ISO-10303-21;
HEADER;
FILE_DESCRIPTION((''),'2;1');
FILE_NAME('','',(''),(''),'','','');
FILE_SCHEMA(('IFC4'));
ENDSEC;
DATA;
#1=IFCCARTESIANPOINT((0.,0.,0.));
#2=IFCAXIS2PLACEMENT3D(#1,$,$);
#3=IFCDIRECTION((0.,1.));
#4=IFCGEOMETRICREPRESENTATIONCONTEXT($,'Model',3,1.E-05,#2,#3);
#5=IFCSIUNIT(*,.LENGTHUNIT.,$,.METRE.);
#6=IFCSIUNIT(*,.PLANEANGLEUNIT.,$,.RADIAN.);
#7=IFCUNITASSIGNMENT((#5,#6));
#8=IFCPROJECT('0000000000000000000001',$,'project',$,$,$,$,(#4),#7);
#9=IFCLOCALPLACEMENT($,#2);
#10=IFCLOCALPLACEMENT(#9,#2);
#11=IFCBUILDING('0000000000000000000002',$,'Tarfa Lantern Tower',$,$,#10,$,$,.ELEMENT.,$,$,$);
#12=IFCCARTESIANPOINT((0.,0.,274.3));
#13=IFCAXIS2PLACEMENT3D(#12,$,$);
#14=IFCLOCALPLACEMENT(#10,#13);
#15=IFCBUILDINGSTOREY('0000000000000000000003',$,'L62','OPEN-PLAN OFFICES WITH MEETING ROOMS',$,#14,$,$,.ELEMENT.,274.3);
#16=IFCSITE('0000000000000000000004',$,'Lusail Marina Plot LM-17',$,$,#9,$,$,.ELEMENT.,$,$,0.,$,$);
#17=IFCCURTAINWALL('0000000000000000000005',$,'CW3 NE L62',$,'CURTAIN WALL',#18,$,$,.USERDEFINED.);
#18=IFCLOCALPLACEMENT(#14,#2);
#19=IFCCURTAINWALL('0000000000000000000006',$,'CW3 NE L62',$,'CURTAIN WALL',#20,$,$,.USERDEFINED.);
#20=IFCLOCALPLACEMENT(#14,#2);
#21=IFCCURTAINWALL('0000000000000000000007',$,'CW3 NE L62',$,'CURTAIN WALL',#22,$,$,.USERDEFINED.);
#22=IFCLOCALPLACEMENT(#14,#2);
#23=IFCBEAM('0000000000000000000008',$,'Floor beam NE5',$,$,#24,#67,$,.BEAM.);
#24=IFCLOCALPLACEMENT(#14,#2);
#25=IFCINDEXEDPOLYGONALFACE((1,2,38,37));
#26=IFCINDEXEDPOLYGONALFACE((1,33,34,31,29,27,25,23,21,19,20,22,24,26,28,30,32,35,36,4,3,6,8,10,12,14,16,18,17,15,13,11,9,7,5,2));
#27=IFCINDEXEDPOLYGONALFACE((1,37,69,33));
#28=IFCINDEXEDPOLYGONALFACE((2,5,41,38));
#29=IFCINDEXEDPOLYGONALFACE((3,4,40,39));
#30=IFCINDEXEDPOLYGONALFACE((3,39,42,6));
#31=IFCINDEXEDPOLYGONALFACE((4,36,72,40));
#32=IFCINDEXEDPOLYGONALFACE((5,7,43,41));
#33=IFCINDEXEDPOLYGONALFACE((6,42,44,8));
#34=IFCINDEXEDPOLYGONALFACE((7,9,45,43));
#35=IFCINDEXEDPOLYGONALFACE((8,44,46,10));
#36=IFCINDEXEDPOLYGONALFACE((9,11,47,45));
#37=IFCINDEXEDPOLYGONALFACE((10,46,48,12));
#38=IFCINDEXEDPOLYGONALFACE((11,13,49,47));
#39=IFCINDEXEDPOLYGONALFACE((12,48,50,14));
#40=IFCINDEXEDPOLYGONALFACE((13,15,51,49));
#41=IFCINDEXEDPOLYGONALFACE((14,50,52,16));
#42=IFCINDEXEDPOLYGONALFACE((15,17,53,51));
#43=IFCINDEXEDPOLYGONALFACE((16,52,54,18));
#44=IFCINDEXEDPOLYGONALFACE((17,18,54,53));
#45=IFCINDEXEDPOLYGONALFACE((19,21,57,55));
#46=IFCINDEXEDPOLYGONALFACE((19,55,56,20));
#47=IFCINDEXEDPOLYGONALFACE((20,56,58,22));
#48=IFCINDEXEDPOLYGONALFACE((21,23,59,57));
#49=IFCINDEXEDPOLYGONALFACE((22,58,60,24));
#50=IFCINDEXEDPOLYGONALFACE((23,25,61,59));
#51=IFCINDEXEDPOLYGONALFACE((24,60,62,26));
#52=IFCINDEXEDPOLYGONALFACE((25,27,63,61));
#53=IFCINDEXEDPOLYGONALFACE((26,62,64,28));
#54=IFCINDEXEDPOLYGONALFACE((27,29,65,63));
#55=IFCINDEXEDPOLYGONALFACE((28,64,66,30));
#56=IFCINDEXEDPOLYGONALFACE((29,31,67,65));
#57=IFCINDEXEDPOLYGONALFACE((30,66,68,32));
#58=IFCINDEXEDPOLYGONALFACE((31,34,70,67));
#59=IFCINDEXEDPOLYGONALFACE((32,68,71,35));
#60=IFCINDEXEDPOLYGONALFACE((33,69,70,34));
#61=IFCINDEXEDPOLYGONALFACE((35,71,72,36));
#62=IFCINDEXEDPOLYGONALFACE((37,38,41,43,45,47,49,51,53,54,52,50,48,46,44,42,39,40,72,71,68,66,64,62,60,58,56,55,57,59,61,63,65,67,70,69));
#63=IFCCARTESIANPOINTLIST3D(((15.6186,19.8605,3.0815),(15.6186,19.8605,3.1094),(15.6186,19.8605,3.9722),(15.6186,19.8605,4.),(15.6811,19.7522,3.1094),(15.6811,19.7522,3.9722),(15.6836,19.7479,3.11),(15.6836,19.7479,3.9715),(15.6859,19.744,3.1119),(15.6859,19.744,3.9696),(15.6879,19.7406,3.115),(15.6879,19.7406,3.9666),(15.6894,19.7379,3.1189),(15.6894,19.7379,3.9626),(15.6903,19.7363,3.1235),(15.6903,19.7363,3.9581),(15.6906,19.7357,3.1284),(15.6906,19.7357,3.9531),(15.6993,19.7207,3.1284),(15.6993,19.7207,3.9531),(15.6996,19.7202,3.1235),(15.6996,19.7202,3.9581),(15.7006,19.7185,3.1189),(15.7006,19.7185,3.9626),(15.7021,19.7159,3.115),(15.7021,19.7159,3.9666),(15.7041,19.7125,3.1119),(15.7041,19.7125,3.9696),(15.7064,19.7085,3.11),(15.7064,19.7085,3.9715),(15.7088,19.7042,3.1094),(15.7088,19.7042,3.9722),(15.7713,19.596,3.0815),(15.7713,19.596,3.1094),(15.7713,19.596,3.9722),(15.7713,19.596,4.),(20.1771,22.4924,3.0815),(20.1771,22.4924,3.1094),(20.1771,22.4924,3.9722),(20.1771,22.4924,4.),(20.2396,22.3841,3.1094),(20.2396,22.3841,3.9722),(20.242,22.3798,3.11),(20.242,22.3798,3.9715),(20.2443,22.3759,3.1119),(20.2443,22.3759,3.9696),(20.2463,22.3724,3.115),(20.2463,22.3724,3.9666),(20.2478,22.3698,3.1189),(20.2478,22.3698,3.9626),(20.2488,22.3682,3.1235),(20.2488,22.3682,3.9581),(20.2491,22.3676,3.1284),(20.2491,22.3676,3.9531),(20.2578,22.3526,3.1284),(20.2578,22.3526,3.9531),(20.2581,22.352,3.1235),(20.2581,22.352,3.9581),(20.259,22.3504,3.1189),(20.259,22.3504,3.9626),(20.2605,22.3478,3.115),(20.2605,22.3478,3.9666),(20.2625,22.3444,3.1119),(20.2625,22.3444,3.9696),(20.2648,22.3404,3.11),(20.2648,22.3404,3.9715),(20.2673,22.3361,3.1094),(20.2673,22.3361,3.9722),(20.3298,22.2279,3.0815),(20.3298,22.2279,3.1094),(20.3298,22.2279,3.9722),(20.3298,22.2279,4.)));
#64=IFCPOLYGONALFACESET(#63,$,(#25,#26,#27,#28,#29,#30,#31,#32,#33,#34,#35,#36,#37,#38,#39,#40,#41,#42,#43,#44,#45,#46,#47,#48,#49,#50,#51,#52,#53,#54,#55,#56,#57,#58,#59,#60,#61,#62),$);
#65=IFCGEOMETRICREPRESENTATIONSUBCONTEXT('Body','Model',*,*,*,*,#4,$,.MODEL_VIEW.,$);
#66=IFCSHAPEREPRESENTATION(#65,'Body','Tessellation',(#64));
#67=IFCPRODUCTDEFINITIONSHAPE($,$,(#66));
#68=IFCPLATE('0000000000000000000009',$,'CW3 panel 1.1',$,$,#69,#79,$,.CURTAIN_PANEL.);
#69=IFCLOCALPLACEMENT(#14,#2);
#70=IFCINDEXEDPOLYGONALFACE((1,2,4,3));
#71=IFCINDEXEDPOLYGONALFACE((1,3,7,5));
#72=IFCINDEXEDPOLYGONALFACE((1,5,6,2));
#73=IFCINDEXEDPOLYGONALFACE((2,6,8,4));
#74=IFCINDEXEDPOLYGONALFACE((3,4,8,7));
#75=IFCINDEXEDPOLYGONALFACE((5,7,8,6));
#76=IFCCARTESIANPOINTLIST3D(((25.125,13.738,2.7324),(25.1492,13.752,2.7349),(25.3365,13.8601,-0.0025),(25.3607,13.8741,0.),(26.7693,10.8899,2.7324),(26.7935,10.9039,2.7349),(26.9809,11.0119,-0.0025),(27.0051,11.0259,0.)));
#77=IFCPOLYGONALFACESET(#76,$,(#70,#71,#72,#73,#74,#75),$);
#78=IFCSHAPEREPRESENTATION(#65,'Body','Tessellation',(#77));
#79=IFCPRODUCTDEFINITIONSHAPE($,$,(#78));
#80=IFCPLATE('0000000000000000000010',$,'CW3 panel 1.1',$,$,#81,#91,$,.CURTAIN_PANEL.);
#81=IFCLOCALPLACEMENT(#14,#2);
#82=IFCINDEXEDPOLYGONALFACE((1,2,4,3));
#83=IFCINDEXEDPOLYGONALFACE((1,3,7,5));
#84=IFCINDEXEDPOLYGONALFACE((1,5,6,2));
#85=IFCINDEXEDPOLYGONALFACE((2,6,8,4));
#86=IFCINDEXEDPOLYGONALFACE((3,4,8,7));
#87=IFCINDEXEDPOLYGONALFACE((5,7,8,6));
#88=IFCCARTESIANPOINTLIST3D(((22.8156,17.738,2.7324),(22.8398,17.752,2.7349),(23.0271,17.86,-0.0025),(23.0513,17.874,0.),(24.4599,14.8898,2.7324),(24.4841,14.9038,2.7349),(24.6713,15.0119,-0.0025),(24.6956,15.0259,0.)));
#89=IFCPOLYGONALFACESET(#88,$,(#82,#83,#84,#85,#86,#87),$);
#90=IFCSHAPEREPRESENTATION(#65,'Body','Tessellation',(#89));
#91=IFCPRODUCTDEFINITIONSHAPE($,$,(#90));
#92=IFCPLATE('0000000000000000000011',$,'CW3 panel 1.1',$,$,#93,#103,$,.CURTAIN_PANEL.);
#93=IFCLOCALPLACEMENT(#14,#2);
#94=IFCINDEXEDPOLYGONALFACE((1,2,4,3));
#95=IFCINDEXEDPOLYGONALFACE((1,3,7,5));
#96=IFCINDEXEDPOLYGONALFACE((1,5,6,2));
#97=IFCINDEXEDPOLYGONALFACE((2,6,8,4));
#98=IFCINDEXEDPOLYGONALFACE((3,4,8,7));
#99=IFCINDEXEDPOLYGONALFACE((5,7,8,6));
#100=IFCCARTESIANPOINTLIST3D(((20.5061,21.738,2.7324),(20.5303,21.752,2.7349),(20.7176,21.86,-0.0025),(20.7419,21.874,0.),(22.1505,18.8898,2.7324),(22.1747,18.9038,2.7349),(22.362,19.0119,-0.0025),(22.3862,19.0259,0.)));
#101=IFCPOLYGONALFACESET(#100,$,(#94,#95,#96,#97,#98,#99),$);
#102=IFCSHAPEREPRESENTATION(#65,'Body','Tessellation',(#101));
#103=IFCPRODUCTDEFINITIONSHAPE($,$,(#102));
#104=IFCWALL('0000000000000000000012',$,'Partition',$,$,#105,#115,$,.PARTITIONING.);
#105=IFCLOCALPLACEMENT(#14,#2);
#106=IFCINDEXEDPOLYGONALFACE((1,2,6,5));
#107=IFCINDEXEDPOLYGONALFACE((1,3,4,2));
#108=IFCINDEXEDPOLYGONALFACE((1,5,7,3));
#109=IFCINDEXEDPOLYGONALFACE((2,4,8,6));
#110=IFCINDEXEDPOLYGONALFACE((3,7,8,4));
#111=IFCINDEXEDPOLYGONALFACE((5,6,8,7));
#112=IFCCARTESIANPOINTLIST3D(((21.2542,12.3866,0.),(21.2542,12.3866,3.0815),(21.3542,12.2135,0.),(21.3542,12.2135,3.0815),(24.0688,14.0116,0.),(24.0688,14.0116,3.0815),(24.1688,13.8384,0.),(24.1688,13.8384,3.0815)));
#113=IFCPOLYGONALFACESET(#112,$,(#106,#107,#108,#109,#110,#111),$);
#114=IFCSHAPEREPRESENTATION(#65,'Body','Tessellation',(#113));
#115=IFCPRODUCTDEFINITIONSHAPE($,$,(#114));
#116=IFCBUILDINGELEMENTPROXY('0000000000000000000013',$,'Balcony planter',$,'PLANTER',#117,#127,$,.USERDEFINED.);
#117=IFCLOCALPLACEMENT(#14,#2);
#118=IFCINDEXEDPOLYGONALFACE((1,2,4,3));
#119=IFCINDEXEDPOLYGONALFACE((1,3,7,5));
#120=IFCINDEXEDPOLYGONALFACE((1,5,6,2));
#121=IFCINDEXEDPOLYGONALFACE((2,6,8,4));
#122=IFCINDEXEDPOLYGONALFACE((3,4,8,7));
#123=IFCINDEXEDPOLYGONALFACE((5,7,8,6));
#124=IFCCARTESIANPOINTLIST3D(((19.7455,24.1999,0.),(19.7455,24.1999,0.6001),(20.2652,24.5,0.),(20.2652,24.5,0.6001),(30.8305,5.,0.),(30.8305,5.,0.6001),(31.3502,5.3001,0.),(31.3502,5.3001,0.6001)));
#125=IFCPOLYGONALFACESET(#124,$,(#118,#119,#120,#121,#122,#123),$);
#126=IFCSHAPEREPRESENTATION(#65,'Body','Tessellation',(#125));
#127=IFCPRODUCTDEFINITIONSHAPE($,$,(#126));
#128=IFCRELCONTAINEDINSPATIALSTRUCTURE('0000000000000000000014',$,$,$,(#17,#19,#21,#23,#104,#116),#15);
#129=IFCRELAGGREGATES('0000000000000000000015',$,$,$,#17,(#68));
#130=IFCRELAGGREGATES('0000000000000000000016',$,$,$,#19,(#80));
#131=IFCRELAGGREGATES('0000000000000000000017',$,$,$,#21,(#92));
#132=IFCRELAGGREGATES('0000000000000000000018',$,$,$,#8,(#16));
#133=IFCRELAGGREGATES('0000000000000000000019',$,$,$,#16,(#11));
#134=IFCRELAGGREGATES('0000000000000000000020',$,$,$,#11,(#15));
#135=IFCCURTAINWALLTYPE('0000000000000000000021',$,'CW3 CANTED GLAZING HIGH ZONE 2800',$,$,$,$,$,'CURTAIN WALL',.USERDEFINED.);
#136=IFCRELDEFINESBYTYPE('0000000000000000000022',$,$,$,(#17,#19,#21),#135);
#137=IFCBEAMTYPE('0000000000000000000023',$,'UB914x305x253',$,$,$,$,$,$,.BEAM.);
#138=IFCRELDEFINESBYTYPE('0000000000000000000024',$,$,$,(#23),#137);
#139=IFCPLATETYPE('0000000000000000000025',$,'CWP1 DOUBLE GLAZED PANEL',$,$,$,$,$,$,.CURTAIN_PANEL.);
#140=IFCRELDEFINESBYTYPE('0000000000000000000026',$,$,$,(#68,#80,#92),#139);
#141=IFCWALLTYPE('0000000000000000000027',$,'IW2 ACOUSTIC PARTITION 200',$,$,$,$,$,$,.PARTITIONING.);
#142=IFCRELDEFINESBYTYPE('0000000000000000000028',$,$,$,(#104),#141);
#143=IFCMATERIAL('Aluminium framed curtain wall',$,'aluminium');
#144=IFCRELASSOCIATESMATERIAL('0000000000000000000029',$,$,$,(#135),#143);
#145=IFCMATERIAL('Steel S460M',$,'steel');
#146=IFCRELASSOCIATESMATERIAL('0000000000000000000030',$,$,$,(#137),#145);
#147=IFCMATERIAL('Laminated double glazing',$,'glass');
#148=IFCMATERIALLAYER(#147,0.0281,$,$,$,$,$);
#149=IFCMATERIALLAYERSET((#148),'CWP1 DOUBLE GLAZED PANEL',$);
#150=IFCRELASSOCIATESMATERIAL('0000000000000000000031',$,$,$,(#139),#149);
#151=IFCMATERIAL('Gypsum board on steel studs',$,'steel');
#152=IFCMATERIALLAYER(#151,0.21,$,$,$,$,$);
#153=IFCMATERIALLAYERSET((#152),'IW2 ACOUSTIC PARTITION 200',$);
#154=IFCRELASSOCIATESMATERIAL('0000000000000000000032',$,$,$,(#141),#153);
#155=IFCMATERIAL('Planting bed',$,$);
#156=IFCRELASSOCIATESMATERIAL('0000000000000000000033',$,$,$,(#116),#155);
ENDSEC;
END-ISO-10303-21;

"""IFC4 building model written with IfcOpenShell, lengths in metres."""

from ifc_helpers import new_model, si_unit, direction, frame, frame_2d, origin, origin_2d, place, context, subcontext, project, spatial, polyline, rectangle, i_section, outline, extrude, material, layer, layer_set, material_profile, profile_set, type_object, element, aggregate, save


model = new_model("IFC4")

# Units and contexts
model_context = context("Model", 3, precision=1e-05, world=origin(), true_north=direction((0.0, 1.0)))
body_context = subcontext(model_context, "Body", "Model", "MODEL_VIEW")
ifc_project = project(units=[si_unit("LENGTHUNIT", "METRE"), si_unit("PLANEANGLEUNIT", "RADIAN")], contexts=[model_context])

# Site, building, storey
site_placement = place(None, origin())
site = spatial("IfcSite", under=ifc_project, at=site_placement, Name="Lusail Marina Plot LM-17", CompositionType="ELEMENT", RefElevation=0.0)
building_placement = place(site_placement, origin())
building = spatial("IfcBuilding", under=site, at=building_placement, Name="Tarfa Lantern Tower", CompositionType="ELEMENT")
storey_placement = place(building_placement, frame((0.0, 0.0, 274.3)))
storey = spatial("IfcBuildingStorey", under=building, at=storey_placement, Name="L62", Description="OPEN-PLAN OFFICES WITH MEETING ROOMS", CompositionType="ELEMENT", Elevation=274.3)

# Curtain walls
ifc_material_1 = material(Name="Aluminium framed curtain wall", Category="aluminium")
curtain_wall_type = type_object("IfcCurtainWallType", Name="CW3 CANTED GLAZING HIGH ZONE 2800", ElementType="CURTAIN WALL", PredefinedType="USERDEFINED", material=ifc_material_1)
curtain_wall_1_placement = place(storey_placement, origin())
curtain_wall_1 = element("IfcCurtainWall", 1, at=curtain_wall_1_placement, inside=storey, type_object=curtain_wall_type, Name="CW3 NE L62", ObjectType="CURTAIN WALL", PredefinedType="USERDEFINED")
curtain_wall_2_placement = place(storey_placement, origin())
curtain_wall_2 = element("IfcCurtainWall", 2, at=curtain_wall_2_placement, inside=storey, type_object=curtain_wall_type, Name="CW3 NE L62", ObjectType="CURTAIN WALL", PredefinedType="USERDEFINED")
curtain_wall_3_placement = place(storey_placement, origin())
curtain_wall_3 = element("IfcCurtainWall", 3, at=curtain_wall_3_placement, inside=storey, type_object=curtain_wall_type, Name="CW3 NE L62", ObjectType="CURTAIN WALL", PredefinedType="USERDEFINED")

# Beam
ifc_material_2 = material(Name="Steel S460M", Category="steel")
ifc_material_profile_1 = material_profile(ifc_material_2, i_section(OverallWidth=0.3054, OverallDepth=0.9185, WebThickness=0.0173, FlangeThickness=0.0278, FilletRadius=0.019, at=origin_2d()), Name="UB914x305x253")
ifc_profile_set_1 = profile_set([ifc_material_profile_1], Name="Steel S460M")
beam_type_1 = type_object("IfcBeamType", Name="UB914x305x253", PredefinedType="BEAM", material=ifc_profile_set_1)
beam_1_placement = place(storey_placement, frame((20.2534, 22.3601, 3.5408), z_axis=(-0.86602, -0.50001, 0.0), x_axis=(0.50001, -0.86602, 0.0)))
element("IfcBeam", 4, at=beam_1_placement, inside=storey, type_object=beam_type_1, Name="Floor beam NE5", PredefinedType="BEAM", context=body_context, shape_type="SweptSolid", body=[
    extrude(i_section(OverallWidth=0.3054, OverallDepth=0.9185, WebThickness=0.0173, FlangeThickness=0.0278, FilletRadius=0.019, at=origin_2d()), origin(), (0.0, 0.0, 1.0), 5.2637),
])

# Plates
ifc_material_3 = material(Name="Laminated double glazing", Category="glass")
ifc_layer_1 = layer(ifc_material_3, 0.0281)
ifc_layer_set_1 = layer_set([ifc_layer_1], Name="CWP1 DOUBLE GLAZED PANEL")
plate_type = type_object("IfcPlateType", Name="CWP1 DOUBLE GLAZED PANEL", PredefinedType="CURTAIN_PANEL", material=ifc_layer_set_1)
plate_1_placement = place(storey_placement, frame((27.0051, 11.0259, 0.0), z_axis=(0.862588, 0.498025, 0.088952), x_axis=(-0.500008, 0.866021, 0.000003)))
plate_1 = element("IfcPlate", 5, at=plate_1_placement, type_object=plate_type, Name="CW3 panel 1.1", PredefinedType="CURTAIN_PANEL", context=body_context, shape_type="SweptSolid", body=[
    extrude(outline(polyline([(0.0, 0.0), (3.2888, 0.0), (3.2888, 2.7457), (0.0001, 2.7458), (0.0, 0.0)])), origin(), (0.0, 0.0, -1.0), 0.0281),
])
aggregate(curtain_wall_1, [plate_1])
plate_2_placement = place(storey_placement, frame((24.6956, 15.0259, 0.0), z_axis=(0.862607, 0.497999, 0.088914), x_axis=(-0.499979, 0.866037, 0.0)))
plate_2 = element("IfcPlate", 6, at=plate_2_placement, type_object=plate_type, Name="CW3 panel 1.1", PredefinedType="CURTAIN_PANEL", context=body_context, shape_type="SweptSolid", body=[
    extrude(outline(polyline([(0.0, 0.0), (3.2887, 0.0), (3.2887, 2.7457), (0.0, 2.7457), (0.0, 0.0)])), origin(), (0.0, 0.0, -1.0), 0.0281),
])
aggregate(curtain_wall_2, [plate_2])
plate_3_placement = place(storey_placement, frame((22.3862, 19.0259, 0.0), z_axis=(0.862588, 0.498025, 0.088952), x_axis=(-0.500007, 0.866021, -0.000003)))
plate_3 = element("IfcPlate", 7, at=plate_3_placement, type_object=plate_type, Name="CW3 panel 1.1", PredefinedType="CURTAIN_PANEL", context=body_context, shape_type="SweptSolid", body=[
    extrude(outline(polyline([(0.0, 0.0), (3.2887, 0.0), (3.2888, 2.7458), (0.0, 2.7457), (0.0, 0.0)])), origin(), (0.0, 0.0, -1.0), 0.0281),
])
aggregate(curtain_wall_3, [plate_3])

# Wall
ifc_material_4 = material(Name="Gypsum board on steel studs", Category="steel")
ifc_layer_2 = layer(ifc_material_4, 0.21)
ifc_layer_set_2 = layer_set([ifc_layer_2], Name="IW2 ACOUSTIC PARTITION 200")
wall_type = type_object("IfcWallType", Name="IW2 ACOUSTIC PARTITION 200", PredefinedType="PARTITIONING", material=ifc_layer_set_2)
wall_placement = place(storey_placement, frame((21.3042, 12.3, 0.0), z_axis=(0.0, 0.0, 1.0), x_axis=(0.866034, 0.499985, 0.0)))
element("IfcWall", 8, at=wall_placement, inside=storey, type_object=wall_type, Name="Partition", PredefinedType="PARTITIONING", context=body_context, shape_type="SweptSolid", body=[
    extrude(rectangle(XDim=3.25, YDim=0.2, at=frame_2d((1.625, 0.0))), origin(), (0.0, 0.0, 1.0), 3.0815),
])

# Building element proxy
ifc_material_5 = material(Name="Planting bed")
proxy_placement = place(storey_placement, frame((25.5479, 14.75, 0.0), z_axis=(0.0, 0.0, 1.0), x_axis=(-0.5, 0.866025, 0.0)))
element("IfcBuildingElementProxy", 9, at=proxy_placement, inside=storey, material=ifc_material_5, Name="Balcony planter", ObjectType="PLANTER", PredefinedType="USERDEFINED", context=body_context, shape_type="SweptSolid", body=[
    extrude(rectangle(XDim=22.1702, YDim=0.6001, at=origin_2d()), origin(), (0.0, 0.0, 1.0), 0.6001),
])

save(model, "model.ifc")
